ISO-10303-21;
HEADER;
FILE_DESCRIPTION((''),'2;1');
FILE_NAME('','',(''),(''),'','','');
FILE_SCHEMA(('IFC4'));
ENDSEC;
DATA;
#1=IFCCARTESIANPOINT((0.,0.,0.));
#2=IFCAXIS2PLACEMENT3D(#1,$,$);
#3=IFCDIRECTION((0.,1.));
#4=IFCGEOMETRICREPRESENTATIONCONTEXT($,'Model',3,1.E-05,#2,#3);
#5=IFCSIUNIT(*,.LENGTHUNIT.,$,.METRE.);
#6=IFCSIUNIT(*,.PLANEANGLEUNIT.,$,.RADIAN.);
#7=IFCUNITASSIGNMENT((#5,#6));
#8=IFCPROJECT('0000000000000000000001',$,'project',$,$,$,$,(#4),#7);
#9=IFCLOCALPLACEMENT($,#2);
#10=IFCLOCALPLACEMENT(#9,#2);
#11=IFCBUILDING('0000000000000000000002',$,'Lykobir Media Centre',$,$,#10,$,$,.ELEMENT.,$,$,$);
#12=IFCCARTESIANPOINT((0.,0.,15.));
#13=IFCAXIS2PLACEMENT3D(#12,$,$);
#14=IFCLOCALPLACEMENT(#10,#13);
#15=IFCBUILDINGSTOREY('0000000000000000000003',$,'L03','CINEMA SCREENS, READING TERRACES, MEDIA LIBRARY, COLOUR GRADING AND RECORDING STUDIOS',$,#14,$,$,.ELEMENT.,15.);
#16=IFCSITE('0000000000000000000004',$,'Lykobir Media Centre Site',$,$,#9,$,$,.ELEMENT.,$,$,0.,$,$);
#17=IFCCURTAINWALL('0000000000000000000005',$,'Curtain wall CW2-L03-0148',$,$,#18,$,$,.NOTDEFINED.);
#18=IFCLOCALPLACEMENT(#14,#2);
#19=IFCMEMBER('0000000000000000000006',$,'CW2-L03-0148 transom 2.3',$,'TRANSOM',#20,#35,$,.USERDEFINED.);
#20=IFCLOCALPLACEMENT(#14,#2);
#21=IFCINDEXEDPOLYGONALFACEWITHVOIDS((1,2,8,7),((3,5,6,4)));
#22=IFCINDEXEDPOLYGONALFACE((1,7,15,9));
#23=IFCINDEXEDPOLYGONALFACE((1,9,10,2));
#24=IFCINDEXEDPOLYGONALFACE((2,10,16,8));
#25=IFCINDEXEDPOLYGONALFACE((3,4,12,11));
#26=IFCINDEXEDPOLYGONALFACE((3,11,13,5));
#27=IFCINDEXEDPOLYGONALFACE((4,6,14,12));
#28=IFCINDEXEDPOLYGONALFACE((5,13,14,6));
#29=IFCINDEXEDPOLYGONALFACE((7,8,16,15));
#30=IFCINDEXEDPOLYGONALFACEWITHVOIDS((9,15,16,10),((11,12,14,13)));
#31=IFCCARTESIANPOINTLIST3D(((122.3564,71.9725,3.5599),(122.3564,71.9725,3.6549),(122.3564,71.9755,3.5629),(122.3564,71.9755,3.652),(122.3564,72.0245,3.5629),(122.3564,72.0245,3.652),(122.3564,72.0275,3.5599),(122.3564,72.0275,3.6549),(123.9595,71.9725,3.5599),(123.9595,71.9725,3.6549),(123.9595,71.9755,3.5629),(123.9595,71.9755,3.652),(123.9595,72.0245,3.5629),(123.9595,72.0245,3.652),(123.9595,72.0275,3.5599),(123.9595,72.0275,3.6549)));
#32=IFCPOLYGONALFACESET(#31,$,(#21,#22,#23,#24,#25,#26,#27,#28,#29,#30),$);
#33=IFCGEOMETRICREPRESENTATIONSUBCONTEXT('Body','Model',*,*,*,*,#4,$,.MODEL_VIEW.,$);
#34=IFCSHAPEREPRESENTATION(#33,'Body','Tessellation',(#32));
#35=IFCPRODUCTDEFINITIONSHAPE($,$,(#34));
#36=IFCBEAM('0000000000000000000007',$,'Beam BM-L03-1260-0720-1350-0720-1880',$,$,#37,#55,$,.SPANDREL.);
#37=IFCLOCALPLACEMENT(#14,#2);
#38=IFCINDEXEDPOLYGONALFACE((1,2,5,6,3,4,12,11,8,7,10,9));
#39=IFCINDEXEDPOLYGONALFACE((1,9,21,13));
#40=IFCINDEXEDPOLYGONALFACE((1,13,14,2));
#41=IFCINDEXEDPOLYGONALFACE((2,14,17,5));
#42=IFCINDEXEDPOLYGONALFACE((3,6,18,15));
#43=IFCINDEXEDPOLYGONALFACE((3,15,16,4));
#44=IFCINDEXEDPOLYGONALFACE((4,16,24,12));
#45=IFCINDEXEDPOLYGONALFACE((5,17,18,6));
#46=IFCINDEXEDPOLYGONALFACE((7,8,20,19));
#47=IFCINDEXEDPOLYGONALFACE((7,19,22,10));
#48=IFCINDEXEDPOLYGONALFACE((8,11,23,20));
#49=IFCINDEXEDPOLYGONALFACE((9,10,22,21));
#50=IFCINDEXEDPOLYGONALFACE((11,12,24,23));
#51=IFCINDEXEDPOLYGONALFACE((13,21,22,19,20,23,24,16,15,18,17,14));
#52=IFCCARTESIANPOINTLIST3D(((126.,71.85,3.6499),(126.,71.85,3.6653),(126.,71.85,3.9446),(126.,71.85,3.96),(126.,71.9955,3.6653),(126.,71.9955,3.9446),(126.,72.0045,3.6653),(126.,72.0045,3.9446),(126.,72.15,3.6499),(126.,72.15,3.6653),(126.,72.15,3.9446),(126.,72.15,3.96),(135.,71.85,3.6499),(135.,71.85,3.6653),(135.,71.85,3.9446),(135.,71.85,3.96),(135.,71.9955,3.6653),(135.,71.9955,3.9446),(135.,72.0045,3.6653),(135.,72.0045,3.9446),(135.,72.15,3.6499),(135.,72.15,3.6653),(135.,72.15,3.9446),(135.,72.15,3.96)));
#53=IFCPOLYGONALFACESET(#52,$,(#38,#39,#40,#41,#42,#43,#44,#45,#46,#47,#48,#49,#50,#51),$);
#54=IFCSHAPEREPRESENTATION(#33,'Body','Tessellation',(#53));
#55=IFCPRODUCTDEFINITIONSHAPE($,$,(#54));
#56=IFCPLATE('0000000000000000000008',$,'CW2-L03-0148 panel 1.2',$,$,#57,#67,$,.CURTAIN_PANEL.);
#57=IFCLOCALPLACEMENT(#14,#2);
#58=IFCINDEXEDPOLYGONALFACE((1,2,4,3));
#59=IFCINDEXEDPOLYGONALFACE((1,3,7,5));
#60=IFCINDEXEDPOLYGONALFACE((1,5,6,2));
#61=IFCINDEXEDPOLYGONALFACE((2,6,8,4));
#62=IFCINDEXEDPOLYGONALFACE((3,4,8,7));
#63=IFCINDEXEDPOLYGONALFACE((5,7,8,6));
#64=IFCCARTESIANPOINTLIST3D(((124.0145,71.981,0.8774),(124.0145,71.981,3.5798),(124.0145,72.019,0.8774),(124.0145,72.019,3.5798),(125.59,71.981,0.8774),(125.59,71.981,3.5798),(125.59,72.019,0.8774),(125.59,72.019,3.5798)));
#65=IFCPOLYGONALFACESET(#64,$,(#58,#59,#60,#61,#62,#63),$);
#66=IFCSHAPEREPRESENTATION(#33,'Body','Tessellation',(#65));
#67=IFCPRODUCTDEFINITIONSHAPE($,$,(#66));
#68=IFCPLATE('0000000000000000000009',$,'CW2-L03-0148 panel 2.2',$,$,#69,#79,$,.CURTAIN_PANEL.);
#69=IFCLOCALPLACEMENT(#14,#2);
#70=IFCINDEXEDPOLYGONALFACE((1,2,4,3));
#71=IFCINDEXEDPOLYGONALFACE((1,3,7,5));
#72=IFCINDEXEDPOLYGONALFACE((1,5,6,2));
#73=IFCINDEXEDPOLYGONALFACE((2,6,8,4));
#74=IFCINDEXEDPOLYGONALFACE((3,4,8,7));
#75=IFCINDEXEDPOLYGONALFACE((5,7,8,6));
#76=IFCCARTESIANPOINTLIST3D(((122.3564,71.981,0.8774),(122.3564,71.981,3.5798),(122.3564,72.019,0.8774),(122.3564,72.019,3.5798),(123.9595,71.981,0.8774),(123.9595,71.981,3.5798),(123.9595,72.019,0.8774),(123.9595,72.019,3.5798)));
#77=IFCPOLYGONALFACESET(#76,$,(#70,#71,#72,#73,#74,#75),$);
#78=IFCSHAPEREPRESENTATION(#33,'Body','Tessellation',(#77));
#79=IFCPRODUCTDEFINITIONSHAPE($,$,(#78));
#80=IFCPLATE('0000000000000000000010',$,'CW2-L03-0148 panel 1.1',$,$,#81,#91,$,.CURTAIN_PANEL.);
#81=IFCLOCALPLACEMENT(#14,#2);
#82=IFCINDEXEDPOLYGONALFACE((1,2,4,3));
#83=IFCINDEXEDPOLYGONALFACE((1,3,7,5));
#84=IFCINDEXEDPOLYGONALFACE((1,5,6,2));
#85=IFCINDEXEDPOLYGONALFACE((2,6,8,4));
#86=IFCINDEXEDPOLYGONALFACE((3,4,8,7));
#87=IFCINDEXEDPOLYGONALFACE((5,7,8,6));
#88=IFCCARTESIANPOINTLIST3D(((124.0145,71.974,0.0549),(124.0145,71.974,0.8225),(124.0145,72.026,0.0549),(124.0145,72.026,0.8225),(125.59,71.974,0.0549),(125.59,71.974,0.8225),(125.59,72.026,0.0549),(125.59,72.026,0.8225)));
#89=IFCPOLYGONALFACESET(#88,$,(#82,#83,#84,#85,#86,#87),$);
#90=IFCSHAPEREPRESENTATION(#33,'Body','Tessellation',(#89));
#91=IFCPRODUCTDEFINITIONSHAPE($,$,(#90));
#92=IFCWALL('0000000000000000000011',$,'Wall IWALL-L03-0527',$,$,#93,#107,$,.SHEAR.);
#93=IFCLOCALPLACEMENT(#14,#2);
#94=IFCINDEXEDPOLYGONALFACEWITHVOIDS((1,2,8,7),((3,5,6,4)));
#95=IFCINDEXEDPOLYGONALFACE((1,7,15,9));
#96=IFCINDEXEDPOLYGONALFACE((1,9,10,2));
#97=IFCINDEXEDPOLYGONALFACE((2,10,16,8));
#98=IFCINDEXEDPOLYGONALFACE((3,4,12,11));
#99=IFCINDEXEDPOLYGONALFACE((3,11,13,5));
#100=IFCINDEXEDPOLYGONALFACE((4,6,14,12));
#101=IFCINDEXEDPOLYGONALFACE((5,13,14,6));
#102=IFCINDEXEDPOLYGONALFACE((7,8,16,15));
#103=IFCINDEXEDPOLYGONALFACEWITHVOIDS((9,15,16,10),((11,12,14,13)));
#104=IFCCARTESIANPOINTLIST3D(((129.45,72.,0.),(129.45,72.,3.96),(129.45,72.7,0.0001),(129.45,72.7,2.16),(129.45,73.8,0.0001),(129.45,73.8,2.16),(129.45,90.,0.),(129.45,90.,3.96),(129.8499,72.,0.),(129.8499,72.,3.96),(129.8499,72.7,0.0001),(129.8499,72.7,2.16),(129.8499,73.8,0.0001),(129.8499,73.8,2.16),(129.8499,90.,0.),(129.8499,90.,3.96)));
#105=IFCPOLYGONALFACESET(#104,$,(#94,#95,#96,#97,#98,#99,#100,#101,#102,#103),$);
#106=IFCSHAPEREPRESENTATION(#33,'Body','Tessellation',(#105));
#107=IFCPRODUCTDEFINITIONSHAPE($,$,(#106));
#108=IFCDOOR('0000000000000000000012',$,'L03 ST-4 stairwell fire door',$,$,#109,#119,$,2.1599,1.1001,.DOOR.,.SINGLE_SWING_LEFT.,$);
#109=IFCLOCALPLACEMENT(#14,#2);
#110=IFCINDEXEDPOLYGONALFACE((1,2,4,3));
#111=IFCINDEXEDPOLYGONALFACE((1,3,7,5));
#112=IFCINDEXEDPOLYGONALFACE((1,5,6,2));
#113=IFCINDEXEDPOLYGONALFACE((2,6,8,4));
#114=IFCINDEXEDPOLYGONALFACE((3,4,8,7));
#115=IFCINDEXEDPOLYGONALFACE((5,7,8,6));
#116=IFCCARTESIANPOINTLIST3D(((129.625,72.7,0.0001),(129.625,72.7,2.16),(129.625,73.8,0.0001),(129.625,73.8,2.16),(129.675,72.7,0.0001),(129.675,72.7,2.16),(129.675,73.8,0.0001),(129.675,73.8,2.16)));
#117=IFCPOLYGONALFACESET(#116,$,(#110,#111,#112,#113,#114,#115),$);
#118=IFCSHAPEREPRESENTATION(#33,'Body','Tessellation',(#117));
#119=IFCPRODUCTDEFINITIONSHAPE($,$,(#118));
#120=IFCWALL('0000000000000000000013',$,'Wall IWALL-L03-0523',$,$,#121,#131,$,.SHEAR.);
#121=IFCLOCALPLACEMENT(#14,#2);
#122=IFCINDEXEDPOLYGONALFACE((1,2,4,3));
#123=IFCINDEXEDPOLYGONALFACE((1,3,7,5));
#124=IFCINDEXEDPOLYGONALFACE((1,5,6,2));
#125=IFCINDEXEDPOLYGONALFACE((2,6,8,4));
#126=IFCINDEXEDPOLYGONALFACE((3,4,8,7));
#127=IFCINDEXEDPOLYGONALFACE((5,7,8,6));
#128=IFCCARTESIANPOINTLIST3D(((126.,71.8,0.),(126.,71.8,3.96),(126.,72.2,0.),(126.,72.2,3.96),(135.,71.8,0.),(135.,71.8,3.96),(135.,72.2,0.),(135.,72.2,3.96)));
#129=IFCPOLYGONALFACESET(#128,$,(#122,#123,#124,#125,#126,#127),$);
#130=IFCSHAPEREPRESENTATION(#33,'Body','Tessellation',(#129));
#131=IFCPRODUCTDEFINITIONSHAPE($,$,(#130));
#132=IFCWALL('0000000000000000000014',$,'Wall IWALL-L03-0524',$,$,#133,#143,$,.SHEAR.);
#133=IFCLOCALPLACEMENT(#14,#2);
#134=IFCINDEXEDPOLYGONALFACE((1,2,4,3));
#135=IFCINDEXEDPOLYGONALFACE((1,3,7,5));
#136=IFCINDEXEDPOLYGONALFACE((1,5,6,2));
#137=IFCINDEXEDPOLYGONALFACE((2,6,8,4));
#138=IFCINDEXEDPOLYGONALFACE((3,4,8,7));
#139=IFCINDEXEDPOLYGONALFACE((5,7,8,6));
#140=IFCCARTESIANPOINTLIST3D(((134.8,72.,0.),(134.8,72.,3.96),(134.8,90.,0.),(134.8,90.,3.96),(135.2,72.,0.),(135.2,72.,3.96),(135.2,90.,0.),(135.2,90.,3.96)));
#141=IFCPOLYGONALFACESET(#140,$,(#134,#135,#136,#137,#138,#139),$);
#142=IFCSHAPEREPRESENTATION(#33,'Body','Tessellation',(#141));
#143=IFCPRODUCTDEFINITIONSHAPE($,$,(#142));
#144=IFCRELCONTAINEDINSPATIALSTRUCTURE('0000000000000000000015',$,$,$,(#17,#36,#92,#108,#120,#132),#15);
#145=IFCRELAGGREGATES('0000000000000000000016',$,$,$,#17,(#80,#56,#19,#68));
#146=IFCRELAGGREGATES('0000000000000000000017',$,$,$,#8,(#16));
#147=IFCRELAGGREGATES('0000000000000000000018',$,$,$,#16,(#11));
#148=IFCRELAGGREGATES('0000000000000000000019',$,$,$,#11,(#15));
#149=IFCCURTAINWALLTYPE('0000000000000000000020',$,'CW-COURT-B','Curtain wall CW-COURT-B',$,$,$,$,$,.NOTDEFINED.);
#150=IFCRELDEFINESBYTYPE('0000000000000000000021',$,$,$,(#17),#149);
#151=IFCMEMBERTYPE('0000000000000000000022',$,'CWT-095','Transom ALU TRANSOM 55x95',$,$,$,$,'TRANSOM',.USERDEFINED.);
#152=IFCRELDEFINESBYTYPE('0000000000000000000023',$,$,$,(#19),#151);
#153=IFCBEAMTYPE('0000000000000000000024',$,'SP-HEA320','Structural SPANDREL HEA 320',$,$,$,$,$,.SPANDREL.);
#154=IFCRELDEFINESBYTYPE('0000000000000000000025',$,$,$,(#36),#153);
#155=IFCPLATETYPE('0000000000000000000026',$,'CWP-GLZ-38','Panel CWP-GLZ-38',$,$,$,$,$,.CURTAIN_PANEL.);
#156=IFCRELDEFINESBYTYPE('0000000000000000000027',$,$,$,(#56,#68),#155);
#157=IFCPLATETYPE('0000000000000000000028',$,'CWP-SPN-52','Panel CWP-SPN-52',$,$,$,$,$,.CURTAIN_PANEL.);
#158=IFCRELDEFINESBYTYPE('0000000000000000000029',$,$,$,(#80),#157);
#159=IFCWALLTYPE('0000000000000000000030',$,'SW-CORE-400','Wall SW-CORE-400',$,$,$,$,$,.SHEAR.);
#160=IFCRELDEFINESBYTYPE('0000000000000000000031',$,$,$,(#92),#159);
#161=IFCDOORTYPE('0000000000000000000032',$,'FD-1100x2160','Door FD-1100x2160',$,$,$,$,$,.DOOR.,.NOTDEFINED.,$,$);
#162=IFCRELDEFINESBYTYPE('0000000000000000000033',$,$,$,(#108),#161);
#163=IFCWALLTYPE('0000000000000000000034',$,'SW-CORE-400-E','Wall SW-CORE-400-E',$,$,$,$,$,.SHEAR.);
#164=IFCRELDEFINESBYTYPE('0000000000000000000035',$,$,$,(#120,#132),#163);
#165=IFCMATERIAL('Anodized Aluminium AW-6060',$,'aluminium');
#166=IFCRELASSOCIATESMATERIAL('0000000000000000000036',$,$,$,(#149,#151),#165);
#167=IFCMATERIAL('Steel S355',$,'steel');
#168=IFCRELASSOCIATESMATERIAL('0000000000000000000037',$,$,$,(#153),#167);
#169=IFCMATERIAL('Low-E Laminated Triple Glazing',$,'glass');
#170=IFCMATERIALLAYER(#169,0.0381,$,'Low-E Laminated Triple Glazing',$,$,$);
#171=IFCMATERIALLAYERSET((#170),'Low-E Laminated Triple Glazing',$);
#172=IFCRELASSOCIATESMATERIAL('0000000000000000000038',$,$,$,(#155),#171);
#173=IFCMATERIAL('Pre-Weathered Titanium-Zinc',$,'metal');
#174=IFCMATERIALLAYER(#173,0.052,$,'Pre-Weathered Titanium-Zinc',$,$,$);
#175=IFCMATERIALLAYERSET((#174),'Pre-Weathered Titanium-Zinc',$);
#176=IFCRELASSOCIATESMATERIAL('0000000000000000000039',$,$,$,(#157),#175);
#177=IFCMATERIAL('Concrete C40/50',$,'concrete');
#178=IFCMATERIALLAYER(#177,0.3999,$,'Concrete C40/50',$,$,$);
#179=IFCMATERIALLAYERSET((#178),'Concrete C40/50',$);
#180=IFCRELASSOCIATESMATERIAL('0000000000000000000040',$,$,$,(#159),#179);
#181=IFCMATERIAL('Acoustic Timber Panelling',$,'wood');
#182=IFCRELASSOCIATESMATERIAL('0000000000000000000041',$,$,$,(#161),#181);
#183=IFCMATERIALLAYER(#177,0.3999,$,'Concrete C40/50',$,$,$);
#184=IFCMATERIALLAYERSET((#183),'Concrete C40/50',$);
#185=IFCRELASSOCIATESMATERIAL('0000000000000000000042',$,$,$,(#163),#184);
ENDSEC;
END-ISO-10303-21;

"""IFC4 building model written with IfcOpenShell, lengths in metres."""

from ifc_helpers import new_model, si_unit, direction, frame, frame_2d, origin, origin_2d, place, context, subcontext, project, spatial, rectangle, hollow_rectangle, i_section, extrude, material, layer, layer_set, material_profile, profile_set, type_object, element, fill, aggregate, save


model = new_model("IFC4")

# Units and contexts
model_context = context("Model", 3, precision=1e-05, world=origin(), true_north=direction((0.0, 1.0)))
body_context = subcontext(model_context, "Body", "Model", "MODEL_VIEW")
ifc_project = project(units=[si_unit("LENGTHUNIT", "METRE"), si_unit("PLANEANGLEUNIT", "RADIAN")], contexts=[model_context])

# Site, building, storey
site_placement = place(None, origin())
site = spatial("IfcSite", under=ifc_project, at=site_placement, Name="Lykobir Media Centre Site", CompositionType="ELEMENT", RefElevation=0.0)
building_placement = place(site_placement, origin())
building = spatial("IfcBuilding", under=site, at=building_placement, Name="Lykobir Media Centre", CompositionType="ELEMENT")
storey_placement = place(building_placement, frame((0.0, 0.0, 15.0)))
storey = spatial("IfcBuildingStorey", under=building, at=storey_placement, Name="L03", Description="CINEMA SCREENS, READING TERRACES, MEDIA LIBRARY, COLOUR GRADING AND RECORDING STUDIOS", CompositionType="ELEMENT", Elevation=15.0)

# Shared definitions
ifc_material_1 = material(Name="Concrete C40/50", Category="concrete")

# Shared definitions
ifc_material_2 = material(Name="Steel S355", Category="steel")

# Curtain wall, member
ifc_material_3 = material(Name="Anodized Aluminium AW-6060", Category="aluminium")
curtain_wall_type = type_object("IfcCurtainWallType", Name="CW-COURT-B", Description="Curtain wall CW-COURT-B", PredefinedType="NOTDEFINED", material=ifc_material_3)
curtain_wall_placement = place(storey_placement, origin())
curtain_wall = element("IfcCurtainWall", 1, at=curtain_wall_placement, inside=storey, type_object=curtain_wall_type, Name="Curtain wall CW2-L03-0148", PredefinedType="NOTDEFINED")
ifc_material_profile_1 = material_profile(ifc_material_3, hollow_rectangle(XDim=0.0549, YDim=0.095, WallThickness=0.0029, at=origin_2d()), Name="ALU TRANSOM 55x95")
ifc_profile_set_1 = profile_set([ifc_material_profile_1], Name="Anodized Aluminium AW-6060")
member_type_1 = type_object("IfcMemberType", Name="CWT-095", Description="Transom ALU TRANSOM 55x95", ElementType="TRANSOM", PredefinedType="USERDEFINED", material=ifc_profile_set_1)
member_1_placement = place(storey_placement, frame((123.9595, 72.0, 3.6074), z_axis=(-1.0, 0.0, 0.0), x_axis=(0.0, -1.0, 0.0)))
member_1 = element("IfcMember", 2, at=member_1_placement, type_object=member_type_1, Name="CW2-L03-0148 transom 2.3", ObjectType="TRANSOM", PredefinedType="USERDEFINED", context=body_context, shape_type="SweptSolid", body=[
    extrude(hollow_rectangle(XDim=0.0549, YDim=0.095, WallThickness=0.0029, at=origin_2d()), origin(), (0.0, 0.0, 1.0), 1.603),
])

# Beam
ifc_material_profile_2 = material_profile(ifc_material_2, i_section(OverallWidth=0.3, OverallDepth=0.3101, WebThickness=0.009, FlangeThickness=0.0154, at=origin_2d()), Name="HEA 320")
ifc_profile_set_2 = profile_set([ifc_material_profile_2], Name="Steel S355")
beam_type_1 = type_object("IfcBeamType", Name="SP-HEA320", Description="Structural SPANDREL HEA 320", PredefinedType="SPANDREL", material=ifc_profile_set_2)
beam_placement = place(storey_placement, frame((126.0, 72.0, 3.8049), z_axis=(1.0, 0.0, 0.0), x_axis=(0.0, 1.0, 0.0)))
element("IfcBeam", 3, at=beam_placement, inside=storey, type_object=beam_type_1, Name="Beam BM-L03-1260-0720-1350-0720-1880", PredefinedType="SPANDREL", context=body_context, shape_type="SweptSolid", body=[
    extrude(i_section(OverallWidth=0.3, OverallDepth=0.3101, WebThickness=0.009, FlangeThickness=0.0154, at=origin_2d()), origin(), (0.0, 0.0, 1.0), 9.0),
])

# Plates
ifc_material_4 = material(Name="Low-E Laminated Triple Glazing", Category="glass")
ifc_layer_1 = layer(ifc_material_4, 0.0381, Name="Low-E Laminated Triple Glazing")
ifc_layer_set_1 = layer_set([ifc_layer_1], Name="Low-E Laminated Triple Glazing")
plate_type_1 = type_object("IfcPlateType", Name="CWP-GLZ-38", Description="Panel CWP-GLZ-38", PredefinedType="CURTAIN_PANEL", material=ifc_layer_set_1)
plate_1_placement = place(storey_placement, frame((124.8022, 72.0, 0.8774), z_axis=(0.0, 0.0, 1.0), x_axis=(-1.0, 0.0, 0.0)))
plate_1 = element("IfcPlate", 4, at=plate_1_placement, type_object=plate_type_1, Name="CW2-L03-0148 panel 1.2", PredefinedType="CURTAIN_PANEL", context=body_context, shape_type="SweptSolid", body=[
    extrude(rectangle(XDim=1.5754, YDim=0.0381, at=origin_2d()), origin(), (0.0, 0.0, 1.0), 2.7024),
])
plate_2_placement = place(storey_placement, frame((123.158, 72.0, 0.8774), z_axis=(0.0, 0.0, 1.0), x_axis=(-1.0, 0.0, 0.0)))
plate_2 = element("IfcPlate", 5, at=plate_2_placement, type_object=plate_type_1, Name="CW2-L03-0148 panel 2.2", PredefinedType="CURTAIN_PANEL", context=body_context, shape_type="SweptSolid", body=[
    extrude(rectangle(XDim=1.603, YDim=0.0381, at=origin_2d()), origin(), (0.0, 0.0, 1.0), 2.7024),
])
ifc_material_5 = material(Name="Pre-Weathered Titanium-Zinc", Category="metal")
ifc_layer_2 = layer(ifc_material_5, 0.052, Name="Pre-Weathered Titanium-Zinc")
ifc_layer_set_2 = layer_set([ifc_layer_2], Name="Pre-Weathered Titanium-Zinc")
plate_type_2 = type_object("IfcPlateType", Name="CWP-SPN-52", Description="Panel CWP-SPN-52", PredefinedType="CURTAIN_PANEL", material=ifc_layer_set_2)
plate_3_placement = place(storey_placement, frame((124.8022, 72.0, 0.0549), z_axis=(0.0, 0.0, 1.0), x_axis=(-1.0, 0.0, 0.0)))
plate_3 = element("IfcPlate", 6, at=plate_3_placement, type_object=plate_type_2, Name="CW2-L03-0148 panel 1.1", PredefinedType="CURTAIN_PANEL", context=body_context, shape_type="SweptSolid", body=[
    extrude(rectangle(XDim=1.5754, YDim=0.052, at=origin_2d()), origin(), (0.0, 0.0, 1.0), 0.7676),
])
aggregate(curtain_wall, [plate_3, plate_1, member_1, plate_2])

# Wall, opening, door
ifc_layer_3 = layer(ifc_material_1, 0.3999, Name="Concrete C40/50")
ifc_layer_set_3 = layer_set([ifc_layer_3], Name="Concrete C40/50")
wall_type_1 = type_object("IfcWallType", Name="SW-CORE-400", Description="Wall SW-CORE-400", PredefinedType="SHEAR", material=ifc_layer_set_3)
wall_1_placement = place(storey_placement, frame((129.6499, 72.0, 0.0), z_axis=(0.0, 0.0, 1.0), x_axis=(0.0, 1.0, 0.0)))
wall_1 = element("IfcWall", 7, at=wall_1_placement, inside=storey, type_object=wall_type_1, Name="Wall IWALL-L03-0527", PredefinedType="SHEAR", context=body_context, shape_type="SweptSolid", body=[
    extrude(rectangle(XDim=18.0, YDim=0.3999, at=frame_2d((9.0, 0.0))), origin(), (0.0, 0.0, 1.0), 3.96),
])
opening_placement = place(wall_1_placement, frame((0.7, 0.0, 0.0)))
opening = element("IfcOpeningElement", 8, at=opening_placement, cuts=wall_1, PredefinedType="OPENING", context=body_context, shape_type="SweptSolid", body=[
    extrude(rectangle(XDim=1.1001, YDim=2.1599, at=frame_2d((0.55, 1.0801))), frame((0.0, 0.21, 0.0), z_axis=(0.0, -1.0, 0.0), x_axis=(1.0, 0.0, 0.0)), (0.0, 0.0, 1.0), 0.4199),
])
ifc_material_6 = material(Name="Acoustic Timber Panelling", Category="wood")
door_type = type_object("IfcDoorType", Name="FD-1100x2160", Description="Door FD-1100x2160", OperationType="NOTDEFINED", PredefinedType="DOOR", material=ifc_material_6)
door_placement = place(opening_placement, origin())
door = element("IfcDoor", 9, at=door_placement, inside=storey, type_object=door_type, Name="L03 ST-4 stairwell fire door", OperationType="SINGLE_SWING_LEFT", OverallHeight=2.1599, OverallWidth=1.1001, PredefinedType="DOOR", context=body_context, shape_type="SweptSolid", body=[
    extrude(rectangle(XDim=1.1001, YDim=2.1599, at=frame_2d((0.55, 1.0801))), frame((0.0, 0.0249, 0.0), z_axis=(0.0, -1.0, 0.0), x_axis=(1.0, 0.0, 0.0)), (0.0, 0.0, 1.0), 0.05),
])
fill(opening, door)

# Walls
ifc_layer_4 = layer(ifc_material_1, 0.3999, Name="Concrete C40/50")
ifc_layer_set_4 = layer_set([ifc_layer_4], Name="Concrete C40/50")
wall_type_2 = type_object("IfcWallType", Name="SW-CORE-400-E", Description="Wall SW-CORE-400-E", PredefinedType="SHEAR", material=ifc_layer_set_4)
wall_2_placement = place(storey_placement, frame((126.0, 72.0, 0.0), z_axis=(0.0, 0.0, 1.0), x_axis=(1.0, 0.0, 0.0)))
element("IfcWall", 10, at=wall_2_placement, inside=storey, type_object=wall_type_2, Name="Wall IWALL-L03-0523", PredefinedType="SHEAR", context=body_context, shape_type="SweptSolid", body=[
    extrude(rectangle(XDim=9.0, YDim=0.3999, at=frame_2d((4.5, 0.0))), origin(), (0.0, 0.0, 1.0), 3.96),
])
wall_3_placement = place(storey_placement, frame((135.0, 72.0, 0.0), z_axis=(0.0, 0.0, 1.0), x_axis=(0.0, 1.0, 0.0)))
element("IfcWall", 11, at=wall_3_placement, inside=storey, type_object=wall_type_2, Name="Wall IWALL-L03-0524", PredefinedType="SHEAR", context=body_context, shape_type="SweptSolid", body=[
    extrude(rectangle(XDim=18.0, YDim=0.3999, at=frame_2d((9.0, 0.0))), origin(), (0.0, 0.0, 1.0), 3.96),
])

save(model, "model.ifc")
